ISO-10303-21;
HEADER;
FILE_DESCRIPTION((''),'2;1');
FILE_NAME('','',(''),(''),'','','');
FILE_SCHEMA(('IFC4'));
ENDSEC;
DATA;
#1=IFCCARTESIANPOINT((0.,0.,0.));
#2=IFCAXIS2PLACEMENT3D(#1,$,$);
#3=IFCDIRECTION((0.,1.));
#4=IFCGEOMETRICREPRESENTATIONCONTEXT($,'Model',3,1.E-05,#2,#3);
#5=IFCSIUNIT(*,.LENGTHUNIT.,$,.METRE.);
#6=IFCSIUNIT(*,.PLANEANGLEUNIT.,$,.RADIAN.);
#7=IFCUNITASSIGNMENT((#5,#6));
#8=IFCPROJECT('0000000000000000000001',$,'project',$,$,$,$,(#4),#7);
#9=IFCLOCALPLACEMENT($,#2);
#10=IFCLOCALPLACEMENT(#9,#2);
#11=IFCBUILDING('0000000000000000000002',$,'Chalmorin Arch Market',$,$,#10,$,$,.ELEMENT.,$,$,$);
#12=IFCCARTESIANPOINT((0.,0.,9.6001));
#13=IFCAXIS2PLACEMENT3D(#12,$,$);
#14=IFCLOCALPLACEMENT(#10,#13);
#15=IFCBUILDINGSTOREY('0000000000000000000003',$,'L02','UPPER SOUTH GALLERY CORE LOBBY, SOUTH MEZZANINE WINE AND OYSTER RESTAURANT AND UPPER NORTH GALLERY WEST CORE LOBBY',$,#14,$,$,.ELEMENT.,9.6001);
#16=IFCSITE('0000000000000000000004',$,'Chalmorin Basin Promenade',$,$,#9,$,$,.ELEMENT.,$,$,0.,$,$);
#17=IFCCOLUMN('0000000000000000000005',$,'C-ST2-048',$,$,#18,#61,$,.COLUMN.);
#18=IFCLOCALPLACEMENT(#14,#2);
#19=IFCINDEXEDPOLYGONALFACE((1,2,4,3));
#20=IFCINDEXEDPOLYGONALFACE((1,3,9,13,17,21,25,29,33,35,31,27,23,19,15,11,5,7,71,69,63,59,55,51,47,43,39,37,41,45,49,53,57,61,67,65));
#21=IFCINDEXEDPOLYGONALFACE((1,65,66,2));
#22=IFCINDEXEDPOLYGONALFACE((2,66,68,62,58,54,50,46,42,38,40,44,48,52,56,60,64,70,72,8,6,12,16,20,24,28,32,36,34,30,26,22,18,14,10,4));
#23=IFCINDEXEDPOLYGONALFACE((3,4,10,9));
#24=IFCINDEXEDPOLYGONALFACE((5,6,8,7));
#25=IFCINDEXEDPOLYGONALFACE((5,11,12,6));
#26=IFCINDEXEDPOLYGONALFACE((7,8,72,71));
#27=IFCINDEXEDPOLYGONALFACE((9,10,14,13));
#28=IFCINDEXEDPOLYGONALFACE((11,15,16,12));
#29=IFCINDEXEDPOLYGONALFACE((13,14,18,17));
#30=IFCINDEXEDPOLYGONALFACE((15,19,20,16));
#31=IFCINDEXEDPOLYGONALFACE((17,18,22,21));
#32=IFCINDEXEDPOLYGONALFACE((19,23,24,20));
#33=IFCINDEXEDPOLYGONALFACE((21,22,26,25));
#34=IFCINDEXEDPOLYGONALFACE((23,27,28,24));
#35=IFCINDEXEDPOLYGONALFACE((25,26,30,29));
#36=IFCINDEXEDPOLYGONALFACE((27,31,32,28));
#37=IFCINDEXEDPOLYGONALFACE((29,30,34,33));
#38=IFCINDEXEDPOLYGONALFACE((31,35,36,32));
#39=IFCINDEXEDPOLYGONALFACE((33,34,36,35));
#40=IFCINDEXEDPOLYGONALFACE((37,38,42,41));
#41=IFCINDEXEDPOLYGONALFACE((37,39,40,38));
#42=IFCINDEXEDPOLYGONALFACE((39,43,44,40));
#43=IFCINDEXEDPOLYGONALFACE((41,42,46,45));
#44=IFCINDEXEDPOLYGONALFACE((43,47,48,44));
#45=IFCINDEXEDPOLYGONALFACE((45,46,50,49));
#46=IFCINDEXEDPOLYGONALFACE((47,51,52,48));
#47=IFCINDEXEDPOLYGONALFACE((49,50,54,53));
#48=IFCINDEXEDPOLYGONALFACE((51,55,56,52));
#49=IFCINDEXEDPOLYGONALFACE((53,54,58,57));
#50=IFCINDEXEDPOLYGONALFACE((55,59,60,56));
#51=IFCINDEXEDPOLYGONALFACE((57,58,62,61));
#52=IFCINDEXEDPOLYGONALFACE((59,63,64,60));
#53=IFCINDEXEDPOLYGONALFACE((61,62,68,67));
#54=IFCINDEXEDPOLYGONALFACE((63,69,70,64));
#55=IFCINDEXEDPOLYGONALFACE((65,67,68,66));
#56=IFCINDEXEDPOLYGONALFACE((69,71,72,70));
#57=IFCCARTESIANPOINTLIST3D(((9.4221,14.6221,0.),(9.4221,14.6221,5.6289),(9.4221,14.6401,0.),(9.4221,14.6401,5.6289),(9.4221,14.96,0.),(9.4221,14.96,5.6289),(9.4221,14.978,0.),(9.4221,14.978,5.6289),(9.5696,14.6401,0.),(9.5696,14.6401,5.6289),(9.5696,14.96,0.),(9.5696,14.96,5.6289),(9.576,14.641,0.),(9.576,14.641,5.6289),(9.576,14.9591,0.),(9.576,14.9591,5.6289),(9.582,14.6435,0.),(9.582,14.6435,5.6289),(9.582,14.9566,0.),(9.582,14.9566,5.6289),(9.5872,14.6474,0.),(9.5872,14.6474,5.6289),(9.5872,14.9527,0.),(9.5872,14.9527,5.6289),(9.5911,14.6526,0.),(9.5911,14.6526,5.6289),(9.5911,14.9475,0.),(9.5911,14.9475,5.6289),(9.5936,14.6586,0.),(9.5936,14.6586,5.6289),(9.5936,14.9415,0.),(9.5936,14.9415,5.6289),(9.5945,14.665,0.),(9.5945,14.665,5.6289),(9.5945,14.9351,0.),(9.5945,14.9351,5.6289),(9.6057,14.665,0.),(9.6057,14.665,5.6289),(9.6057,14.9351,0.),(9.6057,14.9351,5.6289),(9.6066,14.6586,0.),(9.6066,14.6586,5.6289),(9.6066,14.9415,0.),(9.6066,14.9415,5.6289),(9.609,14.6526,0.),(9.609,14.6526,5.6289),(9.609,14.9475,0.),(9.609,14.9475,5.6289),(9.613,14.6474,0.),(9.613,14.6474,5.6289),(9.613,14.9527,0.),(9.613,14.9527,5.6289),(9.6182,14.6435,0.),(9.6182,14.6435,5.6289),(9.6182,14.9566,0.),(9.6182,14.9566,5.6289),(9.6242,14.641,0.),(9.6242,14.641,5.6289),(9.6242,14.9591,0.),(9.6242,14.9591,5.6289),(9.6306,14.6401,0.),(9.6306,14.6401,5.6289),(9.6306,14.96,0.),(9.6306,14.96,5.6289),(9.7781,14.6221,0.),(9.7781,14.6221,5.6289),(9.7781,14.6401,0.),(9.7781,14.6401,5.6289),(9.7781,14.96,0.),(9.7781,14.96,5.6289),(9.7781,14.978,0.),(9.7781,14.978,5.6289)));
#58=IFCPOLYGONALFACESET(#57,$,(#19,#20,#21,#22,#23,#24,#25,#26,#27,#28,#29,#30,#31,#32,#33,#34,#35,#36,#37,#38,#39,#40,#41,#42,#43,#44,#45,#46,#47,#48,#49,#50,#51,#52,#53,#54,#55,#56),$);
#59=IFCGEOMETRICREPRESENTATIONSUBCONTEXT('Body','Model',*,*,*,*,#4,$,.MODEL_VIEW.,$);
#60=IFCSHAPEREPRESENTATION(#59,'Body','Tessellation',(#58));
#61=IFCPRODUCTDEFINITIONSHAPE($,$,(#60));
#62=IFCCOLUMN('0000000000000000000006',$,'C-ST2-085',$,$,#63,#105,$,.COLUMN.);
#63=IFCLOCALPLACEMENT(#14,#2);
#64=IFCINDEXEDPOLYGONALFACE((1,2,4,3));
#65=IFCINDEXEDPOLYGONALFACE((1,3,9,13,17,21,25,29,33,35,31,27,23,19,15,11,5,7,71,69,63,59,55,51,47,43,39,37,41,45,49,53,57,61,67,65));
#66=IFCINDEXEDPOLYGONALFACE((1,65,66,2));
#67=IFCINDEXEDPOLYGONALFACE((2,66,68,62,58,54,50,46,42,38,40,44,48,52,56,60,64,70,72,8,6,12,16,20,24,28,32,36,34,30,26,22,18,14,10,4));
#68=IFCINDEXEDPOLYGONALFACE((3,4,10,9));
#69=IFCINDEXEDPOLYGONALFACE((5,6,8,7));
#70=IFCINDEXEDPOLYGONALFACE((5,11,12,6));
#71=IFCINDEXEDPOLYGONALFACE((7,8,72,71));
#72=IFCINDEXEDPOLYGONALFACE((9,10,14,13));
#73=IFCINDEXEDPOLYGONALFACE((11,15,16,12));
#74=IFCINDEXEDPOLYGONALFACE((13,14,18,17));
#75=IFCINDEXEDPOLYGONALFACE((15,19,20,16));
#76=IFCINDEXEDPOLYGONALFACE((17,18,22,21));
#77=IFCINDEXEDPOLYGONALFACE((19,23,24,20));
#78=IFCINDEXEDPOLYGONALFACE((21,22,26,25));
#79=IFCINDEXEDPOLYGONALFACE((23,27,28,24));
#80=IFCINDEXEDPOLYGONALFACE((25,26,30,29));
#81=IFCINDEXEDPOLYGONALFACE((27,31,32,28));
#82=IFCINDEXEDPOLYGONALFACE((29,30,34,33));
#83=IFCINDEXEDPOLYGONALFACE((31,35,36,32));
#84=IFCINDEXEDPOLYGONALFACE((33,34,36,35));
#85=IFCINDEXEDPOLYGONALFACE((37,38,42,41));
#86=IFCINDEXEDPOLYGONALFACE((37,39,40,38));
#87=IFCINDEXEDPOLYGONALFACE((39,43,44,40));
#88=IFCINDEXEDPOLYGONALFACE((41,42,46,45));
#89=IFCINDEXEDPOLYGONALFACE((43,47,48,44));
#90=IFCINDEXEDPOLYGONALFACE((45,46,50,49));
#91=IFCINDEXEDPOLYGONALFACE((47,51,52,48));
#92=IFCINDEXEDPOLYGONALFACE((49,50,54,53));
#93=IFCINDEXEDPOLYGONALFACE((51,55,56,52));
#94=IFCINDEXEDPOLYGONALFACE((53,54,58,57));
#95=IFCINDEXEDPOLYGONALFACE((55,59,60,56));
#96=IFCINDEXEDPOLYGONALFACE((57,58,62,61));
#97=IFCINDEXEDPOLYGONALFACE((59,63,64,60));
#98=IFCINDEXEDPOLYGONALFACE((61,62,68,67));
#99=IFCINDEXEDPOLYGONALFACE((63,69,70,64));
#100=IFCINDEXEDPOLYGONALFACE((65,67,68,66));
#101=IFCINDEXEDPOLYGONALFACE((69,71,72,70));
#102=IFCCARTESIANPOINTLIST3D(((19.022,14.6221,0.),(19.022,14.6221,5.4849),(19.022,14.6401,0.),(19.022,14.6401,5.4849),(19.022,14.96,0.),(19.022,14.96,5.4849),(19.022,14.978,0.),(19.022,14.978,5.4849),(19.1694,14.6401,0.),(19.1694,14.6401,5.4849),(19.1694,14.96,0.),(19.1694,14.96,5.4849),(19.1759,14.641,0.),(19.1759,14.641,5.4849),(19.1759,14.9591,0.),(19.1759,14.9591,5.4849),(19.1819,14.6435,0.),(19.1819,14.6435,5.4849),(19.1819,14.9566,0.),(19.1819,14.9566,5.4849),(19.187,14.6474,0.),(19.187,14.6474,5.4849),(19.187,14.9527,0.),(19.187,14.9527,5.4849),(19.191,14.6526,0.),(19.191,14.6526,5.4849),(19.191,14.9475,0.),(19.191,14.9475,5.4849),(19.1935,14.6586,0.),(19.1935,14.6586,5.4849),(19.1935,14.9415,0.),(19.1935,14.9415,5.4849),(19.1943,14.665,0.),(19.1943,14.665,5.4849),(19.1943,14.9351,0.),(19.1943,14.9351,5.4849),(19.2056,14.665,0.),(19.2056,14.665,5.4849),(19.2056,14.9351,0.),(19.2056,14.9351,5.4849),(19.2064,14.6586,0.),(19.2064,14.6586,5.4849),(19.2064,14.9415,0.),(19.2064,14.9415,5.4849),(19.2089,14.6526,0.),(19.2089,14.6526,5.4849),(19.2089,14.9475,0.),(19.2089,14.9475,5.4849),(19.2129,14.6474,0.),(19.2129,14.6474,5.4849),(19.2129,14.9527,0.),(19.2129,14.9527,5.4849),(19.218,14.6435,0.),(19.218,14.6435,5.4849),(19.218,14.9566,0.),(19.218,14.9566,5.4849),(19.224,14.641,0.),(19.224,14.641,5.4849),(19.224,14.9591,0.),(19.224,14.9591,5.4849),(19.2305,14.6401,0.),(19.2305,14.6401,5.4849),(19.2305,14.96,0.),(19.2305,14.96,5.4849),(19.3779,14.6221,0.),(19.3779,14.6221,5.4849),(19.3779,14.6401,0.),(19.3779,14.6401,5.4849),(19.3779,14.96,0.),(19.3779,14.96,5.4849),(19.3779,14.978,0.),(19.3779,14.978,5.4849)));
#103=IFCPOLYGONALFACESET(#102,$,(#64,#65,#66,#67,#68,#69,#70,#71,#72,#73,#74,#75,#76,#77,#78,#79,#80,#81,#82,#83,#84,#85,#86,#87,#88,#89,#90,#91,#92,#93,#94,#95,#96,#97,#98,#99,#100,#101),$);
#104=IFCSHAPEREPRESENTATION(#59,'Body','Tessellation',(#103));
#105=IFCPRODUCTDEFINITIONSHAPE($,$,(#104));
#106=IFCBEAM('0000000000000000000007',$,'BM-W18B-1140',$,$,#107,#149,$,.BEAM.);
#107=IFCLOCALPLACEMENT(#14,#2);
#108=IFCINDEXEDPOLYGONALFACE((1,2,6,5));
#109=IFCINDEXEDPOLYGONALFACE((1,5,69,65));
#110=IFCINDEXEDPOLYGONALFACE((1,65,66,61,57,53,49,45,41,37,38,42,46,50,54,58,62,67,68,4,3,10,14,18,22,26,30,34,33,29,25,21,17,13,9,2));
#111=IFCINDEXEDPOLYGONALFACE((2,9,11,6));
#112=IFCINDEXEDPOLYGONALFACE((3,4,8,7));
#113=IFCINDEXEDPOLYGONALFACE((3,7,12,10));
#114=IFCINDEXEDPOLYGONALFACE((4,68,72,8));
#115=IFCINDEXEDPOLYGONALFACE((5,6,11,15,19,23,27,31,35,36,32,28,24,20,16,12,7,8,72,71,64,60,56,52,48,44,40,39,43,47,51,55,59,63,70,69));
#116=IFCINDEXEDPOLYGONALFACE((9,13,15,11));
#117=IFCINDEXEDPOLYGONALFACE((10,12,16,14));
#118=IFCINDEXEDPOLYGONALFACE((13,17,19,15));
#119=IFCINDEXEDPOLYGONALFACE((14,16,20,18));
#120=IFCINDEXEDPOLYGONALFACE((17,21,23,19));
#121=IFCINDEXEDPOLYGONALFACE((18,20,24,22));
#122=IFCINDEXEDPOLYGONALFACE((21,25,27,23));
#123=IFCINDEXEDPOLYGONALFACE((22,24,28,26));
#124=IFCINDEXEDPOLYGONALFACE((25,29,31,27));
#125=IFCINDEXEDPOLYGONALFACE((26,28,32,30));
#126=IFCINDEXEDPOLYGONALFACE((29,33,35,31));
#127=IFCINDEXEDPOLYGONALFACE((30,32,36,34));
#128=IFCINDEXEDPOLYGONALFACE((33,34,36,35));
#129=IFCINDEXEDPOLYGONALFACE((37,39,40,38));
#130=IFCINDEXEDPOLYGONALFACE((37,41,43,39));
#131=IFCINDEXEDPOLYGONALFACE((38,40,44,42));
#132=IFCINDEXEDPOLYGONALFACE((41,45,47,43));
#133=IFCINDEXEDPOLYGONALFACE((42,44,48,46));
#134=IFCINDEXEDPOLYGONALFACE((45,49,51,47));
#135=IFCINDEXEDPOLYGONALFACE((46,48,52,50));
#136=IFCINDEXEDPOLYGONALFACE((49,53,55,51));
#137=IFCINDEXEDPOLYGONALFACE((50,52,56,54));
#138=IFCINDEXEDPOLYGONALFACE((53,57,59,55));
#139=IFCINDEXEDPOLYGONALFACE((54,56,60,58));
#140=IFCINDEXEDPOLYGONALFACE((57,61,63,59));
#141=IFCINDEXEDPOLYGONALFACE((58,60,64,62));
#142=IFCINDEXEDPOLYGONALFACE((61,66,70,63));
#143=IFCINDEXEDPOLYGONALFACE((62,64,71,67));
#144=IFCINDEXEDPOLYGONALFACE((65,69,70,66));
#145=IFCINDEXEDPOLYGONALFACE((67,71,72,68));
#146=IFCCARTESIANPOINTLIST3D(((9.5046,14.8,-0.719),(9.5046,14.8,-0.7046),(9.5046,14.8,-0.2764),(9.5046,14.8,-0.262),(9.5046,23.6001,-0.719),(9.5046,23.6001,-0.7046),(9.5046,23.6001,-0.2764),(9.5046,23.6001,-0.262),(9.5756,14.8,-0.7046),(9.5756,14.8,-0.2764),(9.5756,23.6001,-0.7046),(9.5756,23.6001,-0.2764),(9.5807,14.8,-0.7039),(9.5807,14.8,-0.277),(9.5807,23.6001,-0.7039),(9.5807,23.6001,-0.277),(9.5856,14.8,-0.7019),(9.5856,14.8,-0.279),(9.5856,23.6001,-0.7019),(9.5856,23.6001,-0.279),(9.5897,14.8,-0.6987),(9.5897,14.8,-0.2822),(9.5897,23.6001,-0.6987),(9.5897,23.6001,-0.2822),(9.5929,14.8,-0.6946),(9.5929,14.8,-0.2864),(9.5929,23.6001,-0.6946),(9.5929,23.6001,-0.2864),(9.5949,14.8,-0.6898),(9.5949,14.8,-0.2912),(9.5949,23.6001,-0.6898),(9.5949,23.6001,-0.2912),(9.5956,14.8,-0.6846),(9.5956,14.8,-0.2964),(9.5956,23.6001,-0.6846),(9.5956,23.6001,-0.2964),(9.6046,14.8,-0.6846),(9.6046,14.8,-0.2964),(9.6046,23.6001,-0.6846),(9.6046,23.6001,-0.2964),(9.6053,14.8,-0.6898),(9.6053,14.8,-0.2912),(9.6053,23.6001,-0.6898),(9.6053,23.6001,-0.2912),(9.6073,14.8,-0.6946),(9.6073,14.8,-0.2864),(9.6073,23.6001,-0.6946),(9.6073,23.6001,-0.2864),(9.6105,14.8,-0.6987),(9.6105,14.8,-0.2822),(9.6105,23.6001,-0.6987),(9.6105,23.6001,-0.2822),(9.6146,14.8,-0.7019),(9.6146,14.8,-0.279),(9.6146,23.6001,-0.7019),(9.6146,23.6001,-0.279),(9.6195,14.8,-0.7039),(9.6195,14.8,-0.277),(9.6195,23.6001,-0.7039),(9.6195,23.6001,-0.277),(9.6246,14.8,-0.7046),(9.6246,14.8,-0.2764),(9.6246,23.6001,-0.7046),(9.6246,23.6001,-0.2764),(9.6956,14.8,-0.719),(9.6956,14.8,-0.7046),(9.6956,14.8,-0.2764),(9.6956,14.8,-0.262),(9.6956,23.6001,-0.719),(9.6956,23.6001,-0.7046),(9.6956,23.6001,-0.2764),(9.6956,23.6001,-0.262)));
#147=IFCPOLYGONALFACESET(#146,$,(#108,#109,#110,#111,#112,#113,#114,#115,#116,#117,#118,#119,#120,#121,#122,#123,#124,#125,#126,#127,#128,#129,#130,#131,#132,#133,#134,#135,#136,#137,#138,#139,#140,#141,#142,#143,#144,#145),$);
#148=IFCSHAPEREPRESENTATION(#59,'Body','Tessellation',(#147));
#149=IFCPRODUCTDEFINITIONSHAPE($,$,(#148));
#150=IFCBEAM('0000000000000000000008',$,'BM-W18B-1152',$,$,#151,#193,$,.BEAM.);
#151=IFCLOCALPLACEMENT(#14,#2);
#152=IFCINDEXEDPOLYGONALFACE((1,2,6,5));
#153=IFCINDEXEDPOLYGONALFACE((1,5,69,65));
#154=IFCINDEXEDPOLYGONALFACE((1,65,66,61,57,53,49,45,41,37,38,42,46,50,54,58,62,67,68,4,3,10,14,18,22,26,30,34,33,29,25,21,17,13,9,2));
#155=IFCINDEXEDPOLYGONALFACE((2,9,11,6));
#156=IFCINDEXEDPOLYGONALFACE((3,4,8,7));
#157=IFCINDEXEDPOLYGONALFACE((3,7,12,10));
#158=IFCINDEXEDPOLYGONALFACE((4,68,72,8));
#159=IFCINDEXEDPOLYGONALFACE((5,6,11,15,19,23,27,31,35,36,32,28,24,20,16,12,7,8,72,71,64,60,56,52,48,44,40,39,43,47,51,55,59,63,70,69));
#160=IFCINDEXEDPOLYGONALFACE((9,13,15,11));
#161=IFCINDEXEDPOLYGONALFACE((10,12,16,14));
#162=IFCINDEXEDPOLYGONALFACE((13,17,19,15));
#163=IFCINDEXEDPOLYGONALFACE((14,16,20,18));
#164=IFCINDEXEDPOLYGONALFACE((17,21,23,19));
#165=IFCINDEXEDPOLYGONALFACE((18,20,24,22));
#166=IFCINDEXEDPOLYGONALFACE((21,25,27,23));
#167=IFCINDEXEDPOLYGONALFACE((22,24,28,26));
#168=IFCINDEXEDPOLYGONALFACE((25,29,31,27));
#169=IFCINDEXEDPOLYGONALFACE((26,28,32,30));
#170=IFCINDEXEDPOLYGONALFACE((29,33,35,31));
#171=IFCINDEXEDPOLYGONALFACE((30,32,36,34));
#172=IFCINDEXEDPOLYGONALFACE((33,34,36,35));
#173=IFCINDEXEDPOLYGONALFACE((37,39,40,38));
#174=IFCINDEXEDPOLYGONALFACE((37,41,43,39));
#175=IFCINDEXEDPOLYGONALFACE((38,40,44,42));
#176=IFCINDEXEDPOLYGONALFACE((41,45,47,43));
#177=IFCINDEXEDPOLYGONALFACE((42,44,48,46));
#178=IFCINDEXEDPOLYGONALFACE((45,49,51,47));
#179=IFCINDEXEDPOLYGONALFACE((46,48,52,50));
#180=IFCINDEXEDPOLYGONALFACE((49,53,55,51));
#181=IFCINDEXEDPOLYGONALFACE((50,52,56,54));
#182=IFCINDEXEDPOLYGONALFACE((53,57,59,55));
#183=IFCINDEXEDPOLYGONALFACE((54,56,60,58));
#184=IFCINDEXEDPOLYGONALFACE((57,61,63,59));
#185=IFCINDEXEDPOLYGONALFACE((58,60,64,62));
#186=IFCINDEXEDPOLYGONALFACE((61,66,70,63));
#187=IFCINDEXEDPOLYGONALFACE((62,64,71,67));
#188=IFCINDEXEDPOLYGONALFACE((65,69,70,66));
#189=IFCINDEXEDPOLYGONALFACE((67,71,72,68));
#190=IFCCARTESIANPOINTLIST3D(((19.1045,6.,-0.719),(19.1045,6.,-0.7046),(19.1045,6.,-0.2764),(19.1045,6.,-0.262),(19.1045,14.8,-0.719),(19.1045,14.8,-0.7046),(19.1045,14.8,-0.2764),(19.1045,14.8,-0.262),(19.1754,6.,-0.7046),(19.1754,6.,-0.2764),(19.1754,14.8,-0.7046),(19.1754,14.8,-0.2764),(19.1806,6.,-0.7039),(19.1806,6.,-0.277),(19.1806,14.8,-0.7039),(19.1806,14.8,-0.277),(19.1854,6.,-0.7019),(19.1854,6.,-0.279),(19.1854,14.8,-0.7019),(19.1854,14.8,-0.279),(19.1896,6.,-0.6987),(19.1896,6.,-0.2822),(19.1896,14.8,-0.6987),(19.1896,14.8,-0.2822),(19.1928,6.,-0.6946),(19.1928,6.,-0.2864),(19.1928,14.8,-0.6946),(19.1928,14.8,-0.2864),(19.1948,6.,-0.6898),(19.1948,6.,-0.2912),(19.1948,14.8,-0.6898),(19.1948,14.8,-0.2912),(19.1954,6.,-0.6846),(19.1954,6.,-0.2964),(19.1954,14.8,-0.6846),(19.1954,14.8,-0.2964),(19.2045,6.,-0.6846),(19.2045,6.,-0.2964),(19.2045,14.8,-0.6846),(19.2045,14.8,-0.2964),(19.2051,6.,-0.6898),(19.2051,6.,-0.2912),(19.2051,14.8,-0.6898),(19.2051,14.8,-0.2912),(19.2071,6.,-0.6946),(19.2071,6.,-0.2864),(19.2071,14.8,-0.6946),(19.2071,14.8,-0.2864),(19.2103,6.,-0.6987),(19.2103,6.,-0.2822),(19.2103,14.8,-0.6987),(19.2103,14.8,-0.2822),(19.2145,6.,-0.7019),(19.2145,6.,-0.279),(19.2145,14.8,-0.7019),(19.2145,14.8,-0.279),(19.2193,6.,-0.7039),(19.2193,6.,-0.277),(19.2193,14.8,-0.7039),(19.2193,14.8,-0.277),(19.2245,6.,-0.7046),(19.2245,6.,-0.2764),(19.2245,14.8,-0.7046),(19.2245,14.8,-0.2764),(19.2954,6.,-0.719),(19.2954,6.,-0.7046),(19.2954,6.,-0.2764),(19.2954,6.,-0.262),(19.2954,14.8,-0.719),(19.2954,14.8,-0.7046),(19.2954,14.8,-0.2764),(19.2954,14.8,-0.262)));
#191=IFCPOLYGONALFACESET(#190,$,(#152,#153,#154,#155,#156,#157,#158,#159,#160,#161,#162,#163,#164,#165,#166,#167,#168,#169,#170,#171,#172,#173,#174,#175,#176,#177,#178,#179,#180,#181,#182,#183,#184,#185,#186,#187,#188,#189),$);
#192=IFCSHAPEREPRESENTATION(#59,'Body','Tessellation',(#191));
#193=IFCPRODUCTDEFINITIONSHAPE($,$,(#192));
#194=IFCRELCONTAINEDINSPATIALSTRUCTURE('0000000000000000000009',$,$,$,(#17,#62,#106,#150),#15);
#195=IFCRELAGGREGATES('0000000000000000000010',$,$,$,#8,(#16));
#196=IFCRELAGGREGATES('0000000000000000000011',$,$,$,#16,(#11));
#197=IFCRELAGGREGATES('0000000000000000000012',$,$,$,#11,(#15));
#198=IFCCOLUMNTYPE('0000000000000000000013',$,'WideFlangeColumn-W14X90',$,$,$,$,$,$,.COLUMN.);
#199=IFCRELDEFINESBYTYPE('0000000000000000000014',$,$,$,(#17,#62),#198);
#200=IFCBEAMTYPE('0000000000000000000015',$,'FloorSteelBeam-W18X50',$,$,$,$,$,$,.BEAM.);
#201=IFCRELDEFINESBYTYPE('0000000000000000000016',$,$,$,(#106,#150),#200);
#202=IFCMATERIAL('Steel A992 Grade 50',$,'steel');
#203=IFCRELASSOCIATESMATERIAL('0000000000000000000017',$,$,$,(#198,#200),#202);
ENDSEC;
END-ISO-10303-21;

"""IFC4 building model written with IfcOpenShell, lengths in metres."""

from ifc_helpers import new_model, si_unit, direction, frame, origin, origin_2d, place, context, subcontext, project, spatial, i_section, extrude, material, material_profile, profile_set, type_object, element, save


model = new_model("IFC4")

# Units and contexts
model_context = context("Model", 3, precision=1e-05, world=origin(), true_north=direction((0.0, 1.0)))
body_context = subcontext(model_context, "Body", "Model", "MODEL_VIEW")
ifc_project = project(units=[si_unit("LENGTHUNIT", "METRE"), si_unit("PLANEANGLEUNIT", "RADIAN")], contexts=[model_context])

# Site, building, storey
site_placement = place(None, origin())
site = spatial("IfcSite", under=ifc_project, at=site_placement, Name="Chalmorin Basin Promenade", CompositionType="ELEMENT", RefElevation=0.0)
building_placement = place(site_placement, origin())
building = spatial("IfcBuilding", under=site, at=building_placement, Name="Chalmorin Arch Market", CompositionType="ELEMENT")
storey_placement = place(building_placement, frame((0.0, 0.0, 9.6001)))
storey = spatial("IfcBuildingStorey", under=building, at=storey_placement, Name="L02", Description="UPPER SOUTH GALLERY CORE LOBBY, SOUTH MEZZANINE WINE AND OYSTER RESTAURANT AND UPPER NORTH GALLERY WEST CORE LOBBY", CompositionType="ELEMENT", Elevation=9.6001)

# Columns
ifc_material_1 = material(Name="Steel A992 Grade 50", Category="steel")
ifc_material_profile_1 = material_profile(ifc_material_1, i_section(OverallWidth=0.356, OverallDepth=0.356, WebThickness=0.0112, FlangeThickness=0.0181, FilletRadius=0.0249, at=origin_2d()), Name="W14X90")
ifc_profile_set_1 = profile_set([ifc_material_profile_1], Name="Steel A992 Grade 50")
column_type = type_object("IfcColumnType", Name="WideFlangeColumn-W14X90", PredefinedType="COLUMN", material=ifc_profile_set_1)
column_1_placement = place(storey_placement, frame((9.6001, 14.8, 0.0), z_axis=(0.0, 0.0, 1.0), x_axis=(1.0, 0.0, 0.0)))
element("IfcColumn", 1, at=column_1_placement, inside=storey, type_object=column_type, Name="C-ST2-048", PredefinedType="COLUMN", context=body_context, shape_type="SweptSolid", body=[
    extrude(i_section(OverallWidth=0.356, OverallDepth=0.356, WebThickness=0.0112, FlangeThickness=0.0181, FilletRadius=0.0249, at=origin_2d()), origin(), (0.0, 0.0, 1.0), 5.6289),
])
column_2_placement = place(storey_placement, frame((19.2, 14.8, 0.0), z_axis=(0.0, 0.0, 1.0), x_axis=(1.0, 0.0, 0.0)))
element("IfcColumn", 2, at=column_2_placement, inside=storey, type_object=column_type, Name="C-ST2-085", PredefinedType="COLUMN", context=body_context, shape_type="SweptSolid", body=[
    extrude(i_section(OverallWidth=0.356, OverallDepth=0.356, WebThickness=0.0112, FlangeThickness=0.0181, FilletRadius=0.0249, at=origin_2d()), origin(), (0.0, 0.0, 1.0), 5.4849),
])

# Beams
ifc_material_profile_2 = material_profile(ifc_material_1, i_section(OverallWidth=0.1909, OverallDepth=0.457, WebThickness=0.009, FlangeThickness=0.0144, FilletRadius=0.02, at=origin_2d()), Name="W18X50")
ifc_profile_set_2 = profile_set([ifc_material_profile_2], Name="Steel A992 Grade 50")
beam_type_1 = type_object("IfcBeamType", Name="FloorSteelBeam-W18X50", PredefinedType="BEAM", material=ifc_profile_set_2)
for number, where, z_axis, x_axis, name in (
    (3, (9.6001, 14.8, -0.4905), (0.0, 1.0, 0.0), (-1.0, 0.0, 0.0), "BM-W18B-1140"),
    (4, (19.2, 6.0, -0.4905), (0.0, 1.0, 0.0), (-1.0, 0.0, 0.0), "BM-W18B-1152"),
):
    element("IfcBeam", number, at=place(storey_placement, frame(where, z_axis=z_axis, x_axis=x_axis)), inside=storey, type_object=beam_type_1, Name=name, PredefinedType="BEAM", context=body_context, shape_type="SweptSolid", body=[
        extrude(i_section(OverallWidth=0.1909, OverallDepth=0.457, WebThickness=0.009, FlangeThickness=0.0144, FilletRadius=0.02, at=origin_2d()), origin(), (0.0, 0.0, 1.0), 8.8),
    ])

save(model, "model.ifc")
